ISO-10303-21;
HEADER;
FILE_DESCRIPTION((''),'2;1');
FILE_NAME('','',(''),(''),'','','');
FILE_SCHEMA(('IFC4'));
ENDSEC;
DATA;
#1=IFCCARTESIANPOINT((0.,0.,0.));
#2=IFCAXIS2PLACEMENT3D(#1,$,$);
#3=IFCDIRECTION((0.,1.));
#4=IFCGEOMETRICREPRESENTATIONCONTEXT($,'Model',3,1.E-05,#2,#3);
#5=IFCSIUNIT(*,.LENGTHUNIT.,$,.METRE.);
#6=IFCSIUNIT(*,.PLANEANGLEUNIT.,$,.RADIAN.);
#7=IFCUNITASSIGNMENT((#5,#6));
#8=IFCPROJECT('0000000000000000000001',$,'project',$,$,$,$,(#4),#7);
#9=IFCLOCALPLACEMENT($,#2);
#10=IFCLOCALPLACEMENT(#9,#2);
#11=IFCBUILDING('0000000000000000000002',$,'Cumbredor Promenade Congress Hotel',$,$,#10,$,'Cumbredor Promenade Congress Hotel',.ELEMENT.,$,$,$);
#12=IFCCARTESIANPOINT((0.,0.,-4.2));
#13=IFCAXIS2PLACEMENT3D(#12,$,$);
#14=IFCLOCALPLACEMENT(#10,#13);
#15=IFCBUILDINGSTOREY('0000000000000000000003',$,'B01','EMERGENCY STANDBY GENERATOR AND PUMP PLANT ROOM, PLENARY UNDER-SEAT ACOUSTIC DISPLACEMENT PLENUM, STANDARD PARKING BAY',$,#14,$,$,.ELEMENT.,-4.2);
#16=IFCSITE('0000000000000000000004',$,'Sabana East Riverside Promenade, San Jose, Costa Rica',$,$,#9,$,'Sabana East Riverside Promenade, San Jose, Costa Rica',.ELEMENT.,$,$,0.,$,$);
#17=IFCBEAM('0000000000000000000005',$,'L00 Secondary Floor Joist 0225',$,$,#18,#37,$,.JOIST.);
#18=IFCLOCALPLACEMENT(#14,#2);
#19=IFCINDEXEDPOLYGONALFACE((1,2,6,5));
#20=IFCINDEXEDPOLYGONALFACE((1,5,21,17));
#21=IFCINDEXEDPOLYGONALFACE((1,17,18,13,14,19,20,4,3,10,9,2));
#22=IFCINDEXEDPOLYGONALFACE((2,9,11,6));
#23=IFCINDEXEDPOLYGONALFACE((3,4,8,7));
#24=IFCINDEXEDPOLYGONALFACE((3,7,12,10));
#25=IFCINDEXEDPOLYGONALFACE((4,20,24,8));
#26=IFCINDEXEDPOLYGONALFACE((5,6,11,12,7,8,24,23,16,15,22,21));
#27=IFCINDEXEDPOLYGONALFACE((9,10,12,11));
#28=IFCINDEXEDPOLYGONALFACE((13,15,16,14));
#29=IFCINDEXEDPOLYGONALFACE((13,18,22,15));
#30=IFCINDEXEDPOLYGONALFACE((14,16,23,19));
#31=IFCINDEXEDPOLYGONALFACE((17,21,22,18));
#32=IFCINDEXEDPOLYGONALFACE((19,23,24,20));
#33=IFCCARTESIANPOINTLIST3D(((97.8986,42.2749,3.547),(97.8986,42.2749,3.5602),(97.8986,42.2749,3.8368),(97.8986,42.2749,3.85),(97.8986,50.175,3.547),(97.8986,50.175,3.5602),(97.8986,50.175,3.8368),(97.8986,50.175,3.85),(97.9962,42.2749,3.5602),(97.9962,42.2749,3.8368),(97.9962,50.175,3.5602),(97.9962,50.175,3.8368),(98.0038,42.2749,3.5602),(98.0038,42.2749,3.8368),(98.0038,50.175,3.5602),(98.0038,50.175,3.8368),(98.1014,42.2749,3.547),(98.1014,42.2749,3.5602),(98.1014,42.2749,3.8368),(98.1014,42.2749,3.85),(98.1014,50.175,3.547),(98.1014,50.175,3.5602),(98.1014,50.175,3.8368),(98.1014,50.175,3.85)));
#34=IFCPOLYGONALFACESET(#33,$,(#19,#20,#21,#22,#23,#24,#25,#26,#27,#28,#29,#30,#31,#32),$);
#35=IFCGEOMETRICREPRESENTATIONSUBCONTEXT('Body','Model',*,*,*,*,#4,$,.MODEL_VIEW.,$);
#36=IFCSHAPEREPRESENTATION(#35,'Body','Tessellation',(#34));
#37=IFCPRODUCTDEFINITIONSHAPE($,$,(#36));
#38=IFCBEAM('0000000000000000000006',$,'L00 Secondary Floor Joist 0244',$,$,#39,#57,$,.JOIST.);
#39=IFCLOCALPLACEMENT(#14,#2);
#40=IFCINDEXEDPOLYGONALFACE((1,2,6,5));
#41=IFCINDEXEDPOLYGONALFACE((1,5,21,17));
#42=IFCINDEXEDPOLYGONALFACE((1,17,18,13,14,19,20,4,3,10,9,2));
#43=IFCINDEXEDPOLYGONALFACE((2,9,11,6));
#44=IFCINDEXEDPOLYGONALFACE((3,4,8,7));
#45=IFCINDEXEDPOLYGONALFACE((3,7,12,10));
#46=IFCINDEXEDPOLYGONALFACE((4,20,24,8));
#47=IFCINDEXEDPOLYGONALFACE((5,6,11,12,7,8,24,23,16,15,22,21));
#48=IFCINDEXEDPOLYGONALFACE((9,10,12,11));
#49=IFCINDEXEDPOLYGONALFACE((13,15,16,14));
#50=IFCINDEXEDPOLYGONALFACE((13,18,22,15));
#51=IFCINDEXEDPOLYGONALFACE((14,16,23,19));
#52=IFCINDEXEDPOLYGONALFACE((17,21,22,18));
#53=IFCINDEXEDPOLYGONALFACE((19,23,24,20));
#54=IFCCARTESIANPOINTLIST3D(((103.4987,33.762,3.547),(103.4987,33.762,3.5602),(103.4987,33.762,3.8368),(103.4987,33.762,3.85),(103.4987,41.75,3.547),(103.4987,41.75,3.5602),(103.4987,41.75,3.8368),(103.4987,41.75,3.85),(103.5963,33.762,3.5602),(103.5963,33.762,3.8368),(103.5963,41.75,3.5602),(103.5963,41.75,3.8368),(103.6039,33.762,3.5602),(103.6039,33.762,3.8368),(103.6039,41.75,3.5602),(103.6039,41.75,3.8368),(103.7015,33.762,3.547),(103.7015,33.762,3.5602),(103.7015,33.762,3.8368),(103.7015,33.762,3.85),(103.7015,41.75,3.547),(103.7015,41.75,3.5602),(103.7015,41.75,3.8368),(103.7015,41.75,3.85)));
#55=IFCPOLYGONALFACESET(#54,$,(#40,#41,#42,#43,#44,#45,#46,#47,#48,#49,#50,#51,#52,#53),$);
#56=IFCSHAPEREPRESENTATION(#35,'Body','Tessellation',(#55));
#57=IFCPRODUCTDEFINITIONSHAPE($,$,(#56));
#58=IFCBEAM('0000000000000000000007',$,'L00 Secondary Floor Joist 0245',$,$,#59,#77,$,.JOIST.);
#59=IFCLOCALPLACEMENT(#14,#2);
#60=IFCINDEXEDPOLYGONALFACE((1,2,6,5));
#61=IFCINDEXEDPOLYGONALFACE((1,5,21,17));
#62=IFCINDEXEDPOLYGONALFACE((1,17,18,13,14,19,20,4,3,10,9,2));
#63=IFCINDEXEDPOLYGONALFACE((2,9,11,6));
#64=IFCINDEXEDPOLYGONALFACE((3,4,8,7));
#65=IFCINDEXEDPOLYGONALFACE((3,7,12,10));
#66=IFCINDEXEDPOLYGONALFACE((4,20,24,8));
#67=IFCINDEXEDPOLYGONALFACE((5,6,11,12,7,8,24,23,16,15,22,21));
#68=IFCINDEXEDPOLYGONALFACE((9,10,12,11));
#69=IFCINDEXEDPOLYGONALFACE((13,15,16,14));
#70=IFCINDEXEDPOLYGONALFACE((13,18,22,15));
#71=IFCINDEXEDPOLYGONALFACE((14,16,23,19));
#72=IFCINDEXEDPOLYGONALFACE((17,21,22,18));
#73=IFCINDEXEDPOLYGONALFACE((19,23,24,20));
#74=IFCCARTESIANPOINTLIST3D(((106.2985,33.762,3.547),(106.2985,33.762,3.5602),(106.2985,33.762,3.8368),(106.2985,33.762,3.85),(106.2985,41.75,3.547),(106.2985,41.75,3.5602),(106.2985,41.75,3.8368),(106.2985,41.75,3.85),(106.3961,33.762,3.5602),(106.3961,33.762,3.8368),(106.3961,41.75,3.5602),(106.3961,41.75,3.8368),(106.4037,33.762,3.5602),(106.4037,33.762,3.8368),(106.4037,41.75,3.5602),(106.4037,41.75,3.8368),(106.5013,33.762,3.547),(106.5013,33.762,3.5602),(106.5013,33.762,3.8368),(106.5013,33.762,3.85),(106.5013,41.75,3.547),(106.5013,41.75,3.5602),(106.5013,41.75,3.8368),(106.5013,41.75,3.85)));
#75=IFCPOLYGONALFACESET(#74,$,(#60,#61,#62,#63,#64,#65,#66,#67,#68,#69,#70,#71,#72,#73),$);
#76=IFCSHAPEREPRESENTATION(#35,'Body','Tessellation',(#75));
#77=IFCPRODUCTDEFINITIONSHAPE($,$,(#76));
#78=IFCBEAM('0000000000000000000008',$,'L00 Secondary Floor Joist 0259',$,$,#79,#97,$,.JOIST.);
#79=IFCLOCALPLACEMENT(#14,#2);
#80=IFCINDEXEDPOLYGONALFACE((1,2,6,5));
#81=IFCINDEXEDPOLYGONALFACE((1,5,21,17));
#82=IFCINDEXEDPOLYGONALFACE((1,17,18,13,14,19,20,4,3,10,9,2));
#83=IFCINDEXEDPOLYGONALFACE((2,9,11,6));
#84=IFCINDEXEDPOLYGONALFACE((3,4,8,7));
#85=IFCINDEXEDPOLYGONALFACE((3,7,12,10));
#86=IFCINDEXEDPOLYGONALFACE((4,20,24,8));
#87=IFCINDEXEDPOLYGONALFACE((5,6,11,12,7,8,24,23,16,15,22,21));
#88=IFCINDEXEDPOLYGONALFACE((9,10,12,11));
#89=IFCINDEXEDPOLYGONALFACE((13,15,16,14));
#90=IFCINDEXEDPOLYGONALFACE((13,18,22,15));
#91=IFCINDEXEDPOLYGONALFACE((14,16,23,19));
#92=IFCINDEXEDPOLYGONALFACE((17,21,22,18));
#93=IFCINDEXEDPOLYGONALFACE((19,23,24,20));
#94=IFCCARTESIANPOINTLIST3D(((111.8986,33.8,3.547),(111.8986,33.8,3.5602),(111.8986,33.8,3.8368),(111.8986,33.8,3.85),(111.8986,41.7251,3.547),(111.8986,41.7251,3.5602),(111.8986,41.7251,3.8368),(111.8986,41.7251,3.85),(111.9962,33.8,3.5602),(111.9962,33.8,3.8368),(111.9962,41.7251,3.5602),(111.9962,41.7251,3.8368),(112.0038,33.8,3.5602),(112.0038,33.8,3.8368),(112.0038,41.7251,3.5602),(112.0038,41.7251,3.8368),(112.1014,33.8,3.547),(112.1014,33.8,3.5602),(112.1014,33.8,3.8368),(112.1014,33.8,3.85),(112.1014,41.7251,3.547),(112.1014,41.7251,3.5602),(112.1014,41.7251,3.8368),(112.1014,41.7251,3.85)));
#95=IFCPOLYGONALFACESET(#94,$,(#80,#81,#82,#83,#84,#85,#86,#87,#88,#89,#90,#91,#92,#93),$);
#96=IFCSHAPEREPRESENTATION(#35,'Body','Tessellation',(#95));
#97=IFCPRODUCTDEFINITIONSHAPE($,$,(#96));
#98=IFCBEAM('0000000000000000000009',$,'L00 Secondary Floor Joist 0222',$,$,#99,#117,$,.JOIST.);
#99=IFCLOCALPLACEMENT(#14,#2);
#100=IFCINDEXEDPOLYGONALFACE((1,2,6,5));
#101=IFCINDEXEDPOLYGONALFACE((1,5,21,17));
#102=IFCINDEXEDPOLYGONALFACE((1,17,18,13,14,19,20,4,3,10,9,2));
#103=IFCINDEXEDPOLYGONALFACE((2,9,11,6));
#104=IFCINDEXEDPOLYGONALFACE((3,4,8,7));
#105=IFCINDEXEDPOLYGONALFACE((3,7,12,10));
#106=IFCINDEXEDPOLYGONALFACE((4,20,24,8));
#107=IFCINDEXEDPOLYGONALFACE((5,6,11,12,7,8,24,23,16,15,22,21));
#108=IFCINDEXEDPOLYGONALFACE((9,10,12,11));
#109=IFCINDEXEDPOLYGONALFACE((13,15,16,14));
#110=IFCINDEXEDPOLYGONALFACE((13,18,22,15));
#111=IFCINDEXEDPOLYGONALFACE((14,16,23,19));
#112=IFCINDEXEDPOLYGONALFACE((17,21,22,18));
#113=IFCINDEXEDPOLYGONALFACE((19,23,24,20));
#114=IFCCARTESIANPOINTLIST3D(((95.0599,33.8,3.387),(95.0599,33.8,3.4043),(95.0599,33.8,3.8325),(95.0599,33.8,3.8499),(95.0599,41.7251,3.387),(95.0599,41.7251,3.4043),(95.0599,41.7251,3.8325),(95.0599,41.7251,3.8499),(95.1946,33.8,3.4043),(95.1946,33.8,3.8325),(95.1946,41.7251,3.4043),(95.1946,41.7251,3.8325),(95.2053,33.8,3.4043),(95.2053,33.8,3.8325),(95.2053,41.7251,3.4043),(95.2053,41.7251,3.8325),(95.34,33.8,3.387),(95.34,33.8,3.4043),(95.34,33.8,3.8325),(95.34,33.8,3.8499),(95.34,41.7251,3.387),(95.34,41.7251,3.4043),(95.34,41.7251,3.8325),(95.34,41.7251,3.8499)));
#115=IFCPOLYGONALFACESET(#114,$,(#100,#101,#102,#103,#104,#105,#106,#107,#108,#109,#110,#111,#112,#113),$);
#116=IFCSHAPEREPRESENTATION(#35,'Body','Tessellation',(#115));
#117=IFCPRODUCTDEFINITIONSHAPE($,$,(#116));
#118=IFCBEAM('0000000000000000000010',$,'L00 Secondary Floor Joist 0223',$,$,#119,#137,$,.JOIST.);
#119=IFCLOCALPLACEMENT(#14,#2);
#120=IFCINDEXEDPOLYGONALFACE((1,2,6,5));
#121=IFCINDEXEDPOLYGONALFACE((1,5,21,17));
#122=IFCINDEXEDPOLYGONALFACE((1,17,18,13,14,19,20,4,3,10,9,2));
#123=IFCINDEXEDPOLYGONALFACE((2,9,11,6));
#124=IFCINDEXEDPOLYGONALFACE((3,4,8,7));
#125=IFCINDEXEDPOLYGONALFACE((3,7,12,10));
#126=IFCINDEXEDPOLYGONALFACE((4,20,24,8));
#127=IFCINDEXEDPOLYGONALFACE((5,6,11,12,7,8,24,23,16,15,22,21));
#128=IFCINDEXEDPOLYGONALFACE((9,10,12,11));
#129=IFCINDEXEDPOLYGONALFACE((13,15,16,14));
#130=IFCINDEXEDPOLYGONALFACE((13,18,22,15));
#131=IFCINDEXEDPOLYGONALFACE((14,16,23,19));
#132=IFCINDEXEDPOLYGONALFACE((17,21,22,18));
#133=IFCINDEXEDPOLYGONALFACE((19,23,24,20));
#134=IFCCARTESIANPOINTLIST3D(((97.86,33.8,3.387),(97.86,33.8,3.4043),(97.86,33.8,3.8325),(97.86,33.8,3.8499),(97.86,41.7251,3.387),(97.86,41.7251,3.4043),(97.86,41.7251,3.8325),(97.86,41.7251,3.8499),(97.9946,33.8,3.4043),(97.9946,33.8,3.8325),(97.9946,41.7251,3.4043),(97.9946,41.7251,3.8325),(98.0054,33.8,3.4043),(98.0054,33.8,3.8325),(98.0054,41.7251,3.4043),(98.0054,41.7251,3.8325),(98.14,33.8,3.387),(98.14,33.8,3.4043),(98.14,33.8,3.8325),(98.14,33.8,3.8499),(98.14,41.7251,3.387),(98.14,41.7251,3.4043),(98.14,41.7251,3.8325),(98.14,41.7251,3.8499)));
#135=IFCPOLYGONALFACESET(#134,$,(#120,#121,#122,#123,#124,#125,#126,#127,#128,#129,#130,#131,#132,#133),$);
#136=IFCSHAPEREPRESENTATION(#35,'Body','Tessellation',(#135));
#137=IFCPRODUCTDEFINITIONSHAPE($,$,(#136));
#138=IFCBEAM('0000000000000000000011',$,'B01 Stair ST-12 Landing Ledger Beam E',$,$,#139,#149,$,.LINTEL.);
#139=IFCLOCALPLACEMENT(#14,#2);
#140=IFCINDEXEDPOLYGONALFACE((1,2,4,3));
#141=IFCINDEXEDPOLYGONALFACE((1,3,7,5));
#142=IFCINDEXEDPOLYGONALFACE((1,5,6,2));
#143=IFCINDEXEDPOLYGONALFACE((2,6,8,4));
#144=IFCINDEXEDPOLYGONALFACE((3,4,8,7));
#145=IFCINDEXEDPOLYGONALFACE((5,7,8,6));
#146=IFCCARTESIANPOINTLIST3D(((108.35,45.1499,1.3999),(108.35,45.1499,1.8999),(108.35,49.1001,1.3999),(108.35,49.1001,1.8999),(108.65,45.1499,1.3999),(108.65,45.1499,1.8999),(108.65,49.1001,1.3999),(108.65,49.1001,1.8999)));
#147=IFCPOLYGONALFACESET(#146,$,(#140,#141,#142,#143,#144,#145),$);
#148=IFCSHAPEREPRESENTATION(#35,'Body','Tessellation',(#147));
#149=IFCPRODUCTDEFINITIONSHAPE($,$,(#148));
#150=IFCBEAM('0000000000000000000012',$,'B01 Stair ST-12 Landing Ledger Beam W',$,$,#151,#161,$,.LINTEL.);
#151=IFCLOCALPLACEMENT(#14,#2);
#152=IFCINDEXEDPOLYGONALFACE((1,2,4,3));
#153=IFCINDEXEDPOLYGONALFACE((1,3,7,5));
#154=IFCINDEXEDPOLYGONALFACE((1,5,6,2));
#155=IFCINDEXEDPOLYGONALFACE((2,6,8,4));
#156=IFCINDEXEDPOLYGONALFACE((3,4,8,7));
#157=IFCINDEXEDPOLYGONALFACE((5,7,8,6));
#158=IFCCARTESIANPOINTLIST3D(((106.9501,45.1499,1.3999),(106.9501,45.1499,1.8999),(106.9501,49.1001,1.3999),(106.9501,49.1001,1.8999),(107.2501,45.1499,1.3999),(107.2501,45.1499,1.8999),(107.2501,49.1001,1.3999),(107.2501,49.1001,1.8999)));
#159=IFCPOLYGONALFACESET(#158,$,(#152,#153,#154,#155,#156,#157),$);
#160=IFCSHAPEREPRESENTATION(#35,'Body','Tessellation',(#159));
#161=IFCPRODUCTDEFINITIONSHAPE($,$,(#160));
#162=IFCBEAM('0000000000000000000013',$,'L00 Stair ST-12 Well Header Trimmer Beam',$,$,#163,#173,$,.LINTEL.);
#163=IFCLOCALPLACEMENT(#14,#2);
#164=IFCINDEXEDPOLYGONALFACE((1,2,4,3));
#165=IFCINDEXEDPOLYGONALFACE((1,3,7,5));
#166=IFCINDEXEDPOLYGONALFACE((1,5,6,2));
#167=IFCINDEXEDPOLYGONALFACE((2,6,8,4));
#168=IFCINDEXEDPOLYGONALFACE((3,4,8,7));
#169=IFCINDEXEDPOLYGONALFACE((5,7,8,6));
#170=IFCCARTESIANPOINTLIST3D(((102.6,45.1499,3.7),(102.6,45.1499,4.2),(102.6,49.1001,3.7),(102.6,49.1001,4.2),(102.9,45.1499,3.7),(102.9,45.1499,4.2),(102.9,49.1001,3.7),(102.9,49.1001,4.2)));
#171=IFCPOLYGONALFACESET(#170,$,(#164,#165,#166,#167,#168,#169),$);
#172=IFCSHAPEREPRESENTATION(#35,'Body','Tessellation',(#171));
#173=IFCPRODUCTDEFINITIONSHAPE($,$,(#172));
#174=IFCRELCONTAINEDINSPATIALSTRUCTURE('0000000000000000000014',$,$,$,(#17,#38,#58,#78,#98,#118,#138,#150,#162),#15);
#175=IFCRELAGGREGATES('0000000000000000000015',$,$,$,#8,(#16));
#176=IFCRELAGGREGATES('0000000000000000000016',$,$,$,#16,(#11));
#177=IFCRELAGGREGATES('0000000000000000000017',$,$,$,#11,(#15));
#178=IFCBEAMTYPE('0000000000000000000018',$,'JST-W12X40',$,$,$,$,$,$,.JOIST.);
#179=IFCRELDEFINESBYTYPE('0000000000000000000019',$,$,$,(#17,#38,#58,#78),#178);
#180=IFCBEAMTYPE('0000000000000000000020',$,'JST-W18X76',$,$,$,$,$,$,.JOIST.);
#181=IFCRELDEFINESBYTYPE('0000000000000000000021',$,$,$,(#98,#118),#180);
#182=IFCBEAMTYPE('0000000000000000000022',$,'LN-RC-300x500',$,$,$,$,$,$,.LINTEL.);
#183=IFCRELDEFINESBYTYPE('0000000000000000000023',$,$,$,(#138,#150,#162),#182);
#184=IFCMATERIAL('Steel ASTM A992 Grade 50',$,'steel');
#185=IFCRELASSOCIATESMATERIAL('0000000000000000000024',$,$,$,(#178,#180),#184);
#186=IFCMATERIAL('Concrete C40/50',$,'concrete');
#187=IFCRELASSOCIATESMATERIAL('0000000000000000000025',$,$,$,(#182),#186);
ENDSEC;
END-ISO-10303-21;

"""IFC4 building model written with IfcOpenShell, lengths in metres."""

from ifc_helpers import new_model, si_unit, direction, frame, origin, origin_2d, place, context, subcontext, project, spatial, rectangle, i_section, extrude, material, material_profile, profile_set, type_object, element, save


model = new_model("IFC4")

# Units and contexts
model_context = context("Model", 3, precision=1e-05, world=origin(), true_north=direction((0.0, 1.0)))
body_context = subcontext(model_context, "Body", "Model", "MODEL_VIEW")
ifc_project = project(units=[si_unit("LENGTHUNIT", "METRE"), si_unit("PLANEANGLEUNIT", "RADIAN")], contexts=[model_context])

# Site, building, storey
site_placement = place(None, origin())
site = spatial("IfcSite", under=ifc_project, at=site_placement, Name="Sabana East Riverside Promenade, San Jose, Costa Rica", LongName="Sabana East Riverside Promenade, San Jose, Costa Rica", CompositionType="ELEMENT", RefElevation=0.0)
building_placement = place(site_placement, origin())
building = spatial("IfcBuilding", under=site, at=building_placement, Name="Cumbredor Promenade Congress Hotel", LongName="Cumbredor Promenade Congress Hotel", CompositionType="ELEMENT")
storey_placement = place(building_placement, frame((0.0, 0.0, -4.2)))
storey = spatial("IfcBuildingStorey", under=building, at=storey_placement, Name="B01", Description="EMERGENCY STANDBY GENERATOR AND PUMP PLANT ROOM, PLENARY UNDER-SEAT ACOUSTIC DISPLACEMENT PLENUM, STANDARD PARKING BAY", CompositionType="ELEMENT", Elevation=-4.2)

# Shared definitions
ifc_material_1 = material(Name="Concrete C40/50", Category="concrete")

# Beams
ifc_material_2 = material(Name="Steel ASTM A992 Grade 50", Category="steel")
ifc_material_profile_1 = material_profile(ifc_material_2, i_section(OverallWidth=0.2029, OverallDepth=0.303, WebThickness=0.0076, FlangeThickness=0.0132, at=origin_2d()), Name="W12X40")
ifc_profile_set_1 = profile_set([ifc_material_profile_1], Name="Steel ASTM A992 Grade 50")
beam_type_1 = type_object("IfcBeamType", Name="JST-W12X40", PredefinedType="JOIST", material=ifc_profile_set_1)
for number, where, z_axis, x_axis, name in (
    (1, (98.0, 42.2749, 3.6985), (0.0, 1.0, 0.0), (-1.0, 0.0, 0.0), "L00 Secondary Floor Joist 0225"),
):
    element("IfcBeam", number, at=place(storey_placement, frame(where, z_axis=z_axis, x_axis=x_axis)), inside=storey, type_object=beam_type_1, Name=name, PredefinedType="JOIST", context=body_context, shape_type="SweptSolid", body=[
        extrude(i_section(OverallWidth=0.2029, OverallDepth=0.303, WebThickness=0.0076, FlangeThickness=0.0132, at=origin_2d()), origin(), (0.0, 0.0, 1.0), 7.9001),
    ])
for number, where, z_axis, x_axis, name in (
    (2, (103.6001, 33.762, 3.6985), (0.0, 1.0, 0.0), (-1.0, 0.0, 0.0), "L00 Secondary Floor Joist 0244"),
    (3, (106.3999, 33.762, 3.6985), (0.0, 1.0, 0.0), (-1.0, 0.0, 0.0), "L00 Secondary Floor Joist 0245"),
):
    element("IfcBeam", number, at=place(storey_placement, frame(where, z_axis=z_axis, x_axis=x_axis)), inside=storey, type_object=beam_type_1, Name=name, PredefinedType="JOIST", context=body_context, shape_type="SweptSolid", body=[
        extrude(i_section(OverallWidth=0.2029, OverallDepth=0.303, WebThickness=0.0076, FlangeThickness=0.0132, at=origin_2d()), origin(), (0.0, 0.0, 1.0), 7.988),
    ])
beam_1_placement = place(storey_placement, frame((112.0, 33.8, 3.6985), z_axis=(0.0, 1.0, 0.0), x_axis=(-1.0, 0.0, 0.0)))
element("IfcBeam", 4, at=beam_1_placement, inside=storey, type_object=beam_type_1, Name="L00 Secondary Floor Joist 0259", PredefinedType="JOIST", context=body_context, shape_type="SweptSolid", body=[
    extrude(i_section(OverallWidth=0.2029, OverallDepth=0.303, WebThickness=0.0076, FlangeThickness=0.0132, at=origin_2d()), origin(), (0.0, 0.0, 1.0), 7.925),
])
ifc_material_profile_2 = material_profile(ifc_material_2, i_section(OverallWidth=0.28, OverallDepth=0.4629, WebThickness=0.0107, FlangeThickness=0.0173, at=origin_2d()), Name="W18X76")
ifc_profile_set_2 = profile_set([ifc_material_profile_2], Name="Steel ASTM A992 Grade 50")
beam_type_2 = type_object("IfcBeamType", Name="JST-W18X76", PredefinedType="JOIST", material=ifc_profile_set_2)
for number, where, z_axis, x_axis, name in (
    (5, (95.2, 33.8, 3.6184), (0.0, 1.0, 0.0), (-1.0, 0.0, 0.0), "L00 Secondary Floor Joist 0222"),
    (6, (98.0, 33.8, 3.6184), (0.0, 1.0, 0.0), (-1.0, 0.0, 0.0), "L00 Secondary Floor Joist 0223"),
):
    element("IfcBeam", number, at=place(storey_placement, frame(where, z_axis=z_axis, x_axis=x_axis)), inside=storey, type_object=beam_type_2, Name=name, PredefinedType="JOIST", context=body_context, shape_type="SweptSolid", body=[
        extrude(i_section(OverallWidth=0.28, OverallDepth=0.4629, WebThickness=0.0107, FlangeThickness=0.0173, at=origin_2d()), origin(), (0.0, 0.0, 1.0), 7.925),
    ])
ifc_material_profile_3 = material_profile(ifc_material_1, rectangle(XDim=0.3, YDim=0.5, at=origin_2d()), Name="RC LINTEL 300x500")
ifc_profile_set_3 = profile_set([ifc_material_profile_3], Name="Concrete C40/50")
beam_type_3 = type_object("IfcBeamType", Name="LN-RC-300x500", PredefinedType="LINTEL", material=ifc_profile_set_3)
for number, where, z_axis, x_axis, name in (
    (7, (108.5, 45.1499, 1.6499), (0.0, 1.0, 0.0), (-1.0, 0.0, 0.0), "B01 Stair ST-12 Landing Ledger Beam E"),
    (8, (107.1001, 45.1499, 1.6499), (0.0, 1.0, 0.0), (-1.0, 0.0, 0.0), "B01 Stair ST-12 Landing Ledger Beam W"),
    (9, (102.75, 45.1499, 3.95), (0.0, 1.0, 0.0), (-1.0, 0.0, 0.0), "L00 Stair ST-12 Well Header Trimmer Beam"),
):
    element("IfcBeam", number, at=place(storey_placement, frame(where, z_axis=z_axis, x_axis=x_axis)), inside=storey, type_object=beam_type_3, Name=name, PredefinedType="LINTEL", context=body_context, shape_type="SweptSolid", body=[
        extrude(rectangle(XDim=0.3, YDim=0.5, at=origin_2d()), origin(), (0.0, 0.0, 1.0), 3.9502),
    ])

save(model, "model.ifc")
